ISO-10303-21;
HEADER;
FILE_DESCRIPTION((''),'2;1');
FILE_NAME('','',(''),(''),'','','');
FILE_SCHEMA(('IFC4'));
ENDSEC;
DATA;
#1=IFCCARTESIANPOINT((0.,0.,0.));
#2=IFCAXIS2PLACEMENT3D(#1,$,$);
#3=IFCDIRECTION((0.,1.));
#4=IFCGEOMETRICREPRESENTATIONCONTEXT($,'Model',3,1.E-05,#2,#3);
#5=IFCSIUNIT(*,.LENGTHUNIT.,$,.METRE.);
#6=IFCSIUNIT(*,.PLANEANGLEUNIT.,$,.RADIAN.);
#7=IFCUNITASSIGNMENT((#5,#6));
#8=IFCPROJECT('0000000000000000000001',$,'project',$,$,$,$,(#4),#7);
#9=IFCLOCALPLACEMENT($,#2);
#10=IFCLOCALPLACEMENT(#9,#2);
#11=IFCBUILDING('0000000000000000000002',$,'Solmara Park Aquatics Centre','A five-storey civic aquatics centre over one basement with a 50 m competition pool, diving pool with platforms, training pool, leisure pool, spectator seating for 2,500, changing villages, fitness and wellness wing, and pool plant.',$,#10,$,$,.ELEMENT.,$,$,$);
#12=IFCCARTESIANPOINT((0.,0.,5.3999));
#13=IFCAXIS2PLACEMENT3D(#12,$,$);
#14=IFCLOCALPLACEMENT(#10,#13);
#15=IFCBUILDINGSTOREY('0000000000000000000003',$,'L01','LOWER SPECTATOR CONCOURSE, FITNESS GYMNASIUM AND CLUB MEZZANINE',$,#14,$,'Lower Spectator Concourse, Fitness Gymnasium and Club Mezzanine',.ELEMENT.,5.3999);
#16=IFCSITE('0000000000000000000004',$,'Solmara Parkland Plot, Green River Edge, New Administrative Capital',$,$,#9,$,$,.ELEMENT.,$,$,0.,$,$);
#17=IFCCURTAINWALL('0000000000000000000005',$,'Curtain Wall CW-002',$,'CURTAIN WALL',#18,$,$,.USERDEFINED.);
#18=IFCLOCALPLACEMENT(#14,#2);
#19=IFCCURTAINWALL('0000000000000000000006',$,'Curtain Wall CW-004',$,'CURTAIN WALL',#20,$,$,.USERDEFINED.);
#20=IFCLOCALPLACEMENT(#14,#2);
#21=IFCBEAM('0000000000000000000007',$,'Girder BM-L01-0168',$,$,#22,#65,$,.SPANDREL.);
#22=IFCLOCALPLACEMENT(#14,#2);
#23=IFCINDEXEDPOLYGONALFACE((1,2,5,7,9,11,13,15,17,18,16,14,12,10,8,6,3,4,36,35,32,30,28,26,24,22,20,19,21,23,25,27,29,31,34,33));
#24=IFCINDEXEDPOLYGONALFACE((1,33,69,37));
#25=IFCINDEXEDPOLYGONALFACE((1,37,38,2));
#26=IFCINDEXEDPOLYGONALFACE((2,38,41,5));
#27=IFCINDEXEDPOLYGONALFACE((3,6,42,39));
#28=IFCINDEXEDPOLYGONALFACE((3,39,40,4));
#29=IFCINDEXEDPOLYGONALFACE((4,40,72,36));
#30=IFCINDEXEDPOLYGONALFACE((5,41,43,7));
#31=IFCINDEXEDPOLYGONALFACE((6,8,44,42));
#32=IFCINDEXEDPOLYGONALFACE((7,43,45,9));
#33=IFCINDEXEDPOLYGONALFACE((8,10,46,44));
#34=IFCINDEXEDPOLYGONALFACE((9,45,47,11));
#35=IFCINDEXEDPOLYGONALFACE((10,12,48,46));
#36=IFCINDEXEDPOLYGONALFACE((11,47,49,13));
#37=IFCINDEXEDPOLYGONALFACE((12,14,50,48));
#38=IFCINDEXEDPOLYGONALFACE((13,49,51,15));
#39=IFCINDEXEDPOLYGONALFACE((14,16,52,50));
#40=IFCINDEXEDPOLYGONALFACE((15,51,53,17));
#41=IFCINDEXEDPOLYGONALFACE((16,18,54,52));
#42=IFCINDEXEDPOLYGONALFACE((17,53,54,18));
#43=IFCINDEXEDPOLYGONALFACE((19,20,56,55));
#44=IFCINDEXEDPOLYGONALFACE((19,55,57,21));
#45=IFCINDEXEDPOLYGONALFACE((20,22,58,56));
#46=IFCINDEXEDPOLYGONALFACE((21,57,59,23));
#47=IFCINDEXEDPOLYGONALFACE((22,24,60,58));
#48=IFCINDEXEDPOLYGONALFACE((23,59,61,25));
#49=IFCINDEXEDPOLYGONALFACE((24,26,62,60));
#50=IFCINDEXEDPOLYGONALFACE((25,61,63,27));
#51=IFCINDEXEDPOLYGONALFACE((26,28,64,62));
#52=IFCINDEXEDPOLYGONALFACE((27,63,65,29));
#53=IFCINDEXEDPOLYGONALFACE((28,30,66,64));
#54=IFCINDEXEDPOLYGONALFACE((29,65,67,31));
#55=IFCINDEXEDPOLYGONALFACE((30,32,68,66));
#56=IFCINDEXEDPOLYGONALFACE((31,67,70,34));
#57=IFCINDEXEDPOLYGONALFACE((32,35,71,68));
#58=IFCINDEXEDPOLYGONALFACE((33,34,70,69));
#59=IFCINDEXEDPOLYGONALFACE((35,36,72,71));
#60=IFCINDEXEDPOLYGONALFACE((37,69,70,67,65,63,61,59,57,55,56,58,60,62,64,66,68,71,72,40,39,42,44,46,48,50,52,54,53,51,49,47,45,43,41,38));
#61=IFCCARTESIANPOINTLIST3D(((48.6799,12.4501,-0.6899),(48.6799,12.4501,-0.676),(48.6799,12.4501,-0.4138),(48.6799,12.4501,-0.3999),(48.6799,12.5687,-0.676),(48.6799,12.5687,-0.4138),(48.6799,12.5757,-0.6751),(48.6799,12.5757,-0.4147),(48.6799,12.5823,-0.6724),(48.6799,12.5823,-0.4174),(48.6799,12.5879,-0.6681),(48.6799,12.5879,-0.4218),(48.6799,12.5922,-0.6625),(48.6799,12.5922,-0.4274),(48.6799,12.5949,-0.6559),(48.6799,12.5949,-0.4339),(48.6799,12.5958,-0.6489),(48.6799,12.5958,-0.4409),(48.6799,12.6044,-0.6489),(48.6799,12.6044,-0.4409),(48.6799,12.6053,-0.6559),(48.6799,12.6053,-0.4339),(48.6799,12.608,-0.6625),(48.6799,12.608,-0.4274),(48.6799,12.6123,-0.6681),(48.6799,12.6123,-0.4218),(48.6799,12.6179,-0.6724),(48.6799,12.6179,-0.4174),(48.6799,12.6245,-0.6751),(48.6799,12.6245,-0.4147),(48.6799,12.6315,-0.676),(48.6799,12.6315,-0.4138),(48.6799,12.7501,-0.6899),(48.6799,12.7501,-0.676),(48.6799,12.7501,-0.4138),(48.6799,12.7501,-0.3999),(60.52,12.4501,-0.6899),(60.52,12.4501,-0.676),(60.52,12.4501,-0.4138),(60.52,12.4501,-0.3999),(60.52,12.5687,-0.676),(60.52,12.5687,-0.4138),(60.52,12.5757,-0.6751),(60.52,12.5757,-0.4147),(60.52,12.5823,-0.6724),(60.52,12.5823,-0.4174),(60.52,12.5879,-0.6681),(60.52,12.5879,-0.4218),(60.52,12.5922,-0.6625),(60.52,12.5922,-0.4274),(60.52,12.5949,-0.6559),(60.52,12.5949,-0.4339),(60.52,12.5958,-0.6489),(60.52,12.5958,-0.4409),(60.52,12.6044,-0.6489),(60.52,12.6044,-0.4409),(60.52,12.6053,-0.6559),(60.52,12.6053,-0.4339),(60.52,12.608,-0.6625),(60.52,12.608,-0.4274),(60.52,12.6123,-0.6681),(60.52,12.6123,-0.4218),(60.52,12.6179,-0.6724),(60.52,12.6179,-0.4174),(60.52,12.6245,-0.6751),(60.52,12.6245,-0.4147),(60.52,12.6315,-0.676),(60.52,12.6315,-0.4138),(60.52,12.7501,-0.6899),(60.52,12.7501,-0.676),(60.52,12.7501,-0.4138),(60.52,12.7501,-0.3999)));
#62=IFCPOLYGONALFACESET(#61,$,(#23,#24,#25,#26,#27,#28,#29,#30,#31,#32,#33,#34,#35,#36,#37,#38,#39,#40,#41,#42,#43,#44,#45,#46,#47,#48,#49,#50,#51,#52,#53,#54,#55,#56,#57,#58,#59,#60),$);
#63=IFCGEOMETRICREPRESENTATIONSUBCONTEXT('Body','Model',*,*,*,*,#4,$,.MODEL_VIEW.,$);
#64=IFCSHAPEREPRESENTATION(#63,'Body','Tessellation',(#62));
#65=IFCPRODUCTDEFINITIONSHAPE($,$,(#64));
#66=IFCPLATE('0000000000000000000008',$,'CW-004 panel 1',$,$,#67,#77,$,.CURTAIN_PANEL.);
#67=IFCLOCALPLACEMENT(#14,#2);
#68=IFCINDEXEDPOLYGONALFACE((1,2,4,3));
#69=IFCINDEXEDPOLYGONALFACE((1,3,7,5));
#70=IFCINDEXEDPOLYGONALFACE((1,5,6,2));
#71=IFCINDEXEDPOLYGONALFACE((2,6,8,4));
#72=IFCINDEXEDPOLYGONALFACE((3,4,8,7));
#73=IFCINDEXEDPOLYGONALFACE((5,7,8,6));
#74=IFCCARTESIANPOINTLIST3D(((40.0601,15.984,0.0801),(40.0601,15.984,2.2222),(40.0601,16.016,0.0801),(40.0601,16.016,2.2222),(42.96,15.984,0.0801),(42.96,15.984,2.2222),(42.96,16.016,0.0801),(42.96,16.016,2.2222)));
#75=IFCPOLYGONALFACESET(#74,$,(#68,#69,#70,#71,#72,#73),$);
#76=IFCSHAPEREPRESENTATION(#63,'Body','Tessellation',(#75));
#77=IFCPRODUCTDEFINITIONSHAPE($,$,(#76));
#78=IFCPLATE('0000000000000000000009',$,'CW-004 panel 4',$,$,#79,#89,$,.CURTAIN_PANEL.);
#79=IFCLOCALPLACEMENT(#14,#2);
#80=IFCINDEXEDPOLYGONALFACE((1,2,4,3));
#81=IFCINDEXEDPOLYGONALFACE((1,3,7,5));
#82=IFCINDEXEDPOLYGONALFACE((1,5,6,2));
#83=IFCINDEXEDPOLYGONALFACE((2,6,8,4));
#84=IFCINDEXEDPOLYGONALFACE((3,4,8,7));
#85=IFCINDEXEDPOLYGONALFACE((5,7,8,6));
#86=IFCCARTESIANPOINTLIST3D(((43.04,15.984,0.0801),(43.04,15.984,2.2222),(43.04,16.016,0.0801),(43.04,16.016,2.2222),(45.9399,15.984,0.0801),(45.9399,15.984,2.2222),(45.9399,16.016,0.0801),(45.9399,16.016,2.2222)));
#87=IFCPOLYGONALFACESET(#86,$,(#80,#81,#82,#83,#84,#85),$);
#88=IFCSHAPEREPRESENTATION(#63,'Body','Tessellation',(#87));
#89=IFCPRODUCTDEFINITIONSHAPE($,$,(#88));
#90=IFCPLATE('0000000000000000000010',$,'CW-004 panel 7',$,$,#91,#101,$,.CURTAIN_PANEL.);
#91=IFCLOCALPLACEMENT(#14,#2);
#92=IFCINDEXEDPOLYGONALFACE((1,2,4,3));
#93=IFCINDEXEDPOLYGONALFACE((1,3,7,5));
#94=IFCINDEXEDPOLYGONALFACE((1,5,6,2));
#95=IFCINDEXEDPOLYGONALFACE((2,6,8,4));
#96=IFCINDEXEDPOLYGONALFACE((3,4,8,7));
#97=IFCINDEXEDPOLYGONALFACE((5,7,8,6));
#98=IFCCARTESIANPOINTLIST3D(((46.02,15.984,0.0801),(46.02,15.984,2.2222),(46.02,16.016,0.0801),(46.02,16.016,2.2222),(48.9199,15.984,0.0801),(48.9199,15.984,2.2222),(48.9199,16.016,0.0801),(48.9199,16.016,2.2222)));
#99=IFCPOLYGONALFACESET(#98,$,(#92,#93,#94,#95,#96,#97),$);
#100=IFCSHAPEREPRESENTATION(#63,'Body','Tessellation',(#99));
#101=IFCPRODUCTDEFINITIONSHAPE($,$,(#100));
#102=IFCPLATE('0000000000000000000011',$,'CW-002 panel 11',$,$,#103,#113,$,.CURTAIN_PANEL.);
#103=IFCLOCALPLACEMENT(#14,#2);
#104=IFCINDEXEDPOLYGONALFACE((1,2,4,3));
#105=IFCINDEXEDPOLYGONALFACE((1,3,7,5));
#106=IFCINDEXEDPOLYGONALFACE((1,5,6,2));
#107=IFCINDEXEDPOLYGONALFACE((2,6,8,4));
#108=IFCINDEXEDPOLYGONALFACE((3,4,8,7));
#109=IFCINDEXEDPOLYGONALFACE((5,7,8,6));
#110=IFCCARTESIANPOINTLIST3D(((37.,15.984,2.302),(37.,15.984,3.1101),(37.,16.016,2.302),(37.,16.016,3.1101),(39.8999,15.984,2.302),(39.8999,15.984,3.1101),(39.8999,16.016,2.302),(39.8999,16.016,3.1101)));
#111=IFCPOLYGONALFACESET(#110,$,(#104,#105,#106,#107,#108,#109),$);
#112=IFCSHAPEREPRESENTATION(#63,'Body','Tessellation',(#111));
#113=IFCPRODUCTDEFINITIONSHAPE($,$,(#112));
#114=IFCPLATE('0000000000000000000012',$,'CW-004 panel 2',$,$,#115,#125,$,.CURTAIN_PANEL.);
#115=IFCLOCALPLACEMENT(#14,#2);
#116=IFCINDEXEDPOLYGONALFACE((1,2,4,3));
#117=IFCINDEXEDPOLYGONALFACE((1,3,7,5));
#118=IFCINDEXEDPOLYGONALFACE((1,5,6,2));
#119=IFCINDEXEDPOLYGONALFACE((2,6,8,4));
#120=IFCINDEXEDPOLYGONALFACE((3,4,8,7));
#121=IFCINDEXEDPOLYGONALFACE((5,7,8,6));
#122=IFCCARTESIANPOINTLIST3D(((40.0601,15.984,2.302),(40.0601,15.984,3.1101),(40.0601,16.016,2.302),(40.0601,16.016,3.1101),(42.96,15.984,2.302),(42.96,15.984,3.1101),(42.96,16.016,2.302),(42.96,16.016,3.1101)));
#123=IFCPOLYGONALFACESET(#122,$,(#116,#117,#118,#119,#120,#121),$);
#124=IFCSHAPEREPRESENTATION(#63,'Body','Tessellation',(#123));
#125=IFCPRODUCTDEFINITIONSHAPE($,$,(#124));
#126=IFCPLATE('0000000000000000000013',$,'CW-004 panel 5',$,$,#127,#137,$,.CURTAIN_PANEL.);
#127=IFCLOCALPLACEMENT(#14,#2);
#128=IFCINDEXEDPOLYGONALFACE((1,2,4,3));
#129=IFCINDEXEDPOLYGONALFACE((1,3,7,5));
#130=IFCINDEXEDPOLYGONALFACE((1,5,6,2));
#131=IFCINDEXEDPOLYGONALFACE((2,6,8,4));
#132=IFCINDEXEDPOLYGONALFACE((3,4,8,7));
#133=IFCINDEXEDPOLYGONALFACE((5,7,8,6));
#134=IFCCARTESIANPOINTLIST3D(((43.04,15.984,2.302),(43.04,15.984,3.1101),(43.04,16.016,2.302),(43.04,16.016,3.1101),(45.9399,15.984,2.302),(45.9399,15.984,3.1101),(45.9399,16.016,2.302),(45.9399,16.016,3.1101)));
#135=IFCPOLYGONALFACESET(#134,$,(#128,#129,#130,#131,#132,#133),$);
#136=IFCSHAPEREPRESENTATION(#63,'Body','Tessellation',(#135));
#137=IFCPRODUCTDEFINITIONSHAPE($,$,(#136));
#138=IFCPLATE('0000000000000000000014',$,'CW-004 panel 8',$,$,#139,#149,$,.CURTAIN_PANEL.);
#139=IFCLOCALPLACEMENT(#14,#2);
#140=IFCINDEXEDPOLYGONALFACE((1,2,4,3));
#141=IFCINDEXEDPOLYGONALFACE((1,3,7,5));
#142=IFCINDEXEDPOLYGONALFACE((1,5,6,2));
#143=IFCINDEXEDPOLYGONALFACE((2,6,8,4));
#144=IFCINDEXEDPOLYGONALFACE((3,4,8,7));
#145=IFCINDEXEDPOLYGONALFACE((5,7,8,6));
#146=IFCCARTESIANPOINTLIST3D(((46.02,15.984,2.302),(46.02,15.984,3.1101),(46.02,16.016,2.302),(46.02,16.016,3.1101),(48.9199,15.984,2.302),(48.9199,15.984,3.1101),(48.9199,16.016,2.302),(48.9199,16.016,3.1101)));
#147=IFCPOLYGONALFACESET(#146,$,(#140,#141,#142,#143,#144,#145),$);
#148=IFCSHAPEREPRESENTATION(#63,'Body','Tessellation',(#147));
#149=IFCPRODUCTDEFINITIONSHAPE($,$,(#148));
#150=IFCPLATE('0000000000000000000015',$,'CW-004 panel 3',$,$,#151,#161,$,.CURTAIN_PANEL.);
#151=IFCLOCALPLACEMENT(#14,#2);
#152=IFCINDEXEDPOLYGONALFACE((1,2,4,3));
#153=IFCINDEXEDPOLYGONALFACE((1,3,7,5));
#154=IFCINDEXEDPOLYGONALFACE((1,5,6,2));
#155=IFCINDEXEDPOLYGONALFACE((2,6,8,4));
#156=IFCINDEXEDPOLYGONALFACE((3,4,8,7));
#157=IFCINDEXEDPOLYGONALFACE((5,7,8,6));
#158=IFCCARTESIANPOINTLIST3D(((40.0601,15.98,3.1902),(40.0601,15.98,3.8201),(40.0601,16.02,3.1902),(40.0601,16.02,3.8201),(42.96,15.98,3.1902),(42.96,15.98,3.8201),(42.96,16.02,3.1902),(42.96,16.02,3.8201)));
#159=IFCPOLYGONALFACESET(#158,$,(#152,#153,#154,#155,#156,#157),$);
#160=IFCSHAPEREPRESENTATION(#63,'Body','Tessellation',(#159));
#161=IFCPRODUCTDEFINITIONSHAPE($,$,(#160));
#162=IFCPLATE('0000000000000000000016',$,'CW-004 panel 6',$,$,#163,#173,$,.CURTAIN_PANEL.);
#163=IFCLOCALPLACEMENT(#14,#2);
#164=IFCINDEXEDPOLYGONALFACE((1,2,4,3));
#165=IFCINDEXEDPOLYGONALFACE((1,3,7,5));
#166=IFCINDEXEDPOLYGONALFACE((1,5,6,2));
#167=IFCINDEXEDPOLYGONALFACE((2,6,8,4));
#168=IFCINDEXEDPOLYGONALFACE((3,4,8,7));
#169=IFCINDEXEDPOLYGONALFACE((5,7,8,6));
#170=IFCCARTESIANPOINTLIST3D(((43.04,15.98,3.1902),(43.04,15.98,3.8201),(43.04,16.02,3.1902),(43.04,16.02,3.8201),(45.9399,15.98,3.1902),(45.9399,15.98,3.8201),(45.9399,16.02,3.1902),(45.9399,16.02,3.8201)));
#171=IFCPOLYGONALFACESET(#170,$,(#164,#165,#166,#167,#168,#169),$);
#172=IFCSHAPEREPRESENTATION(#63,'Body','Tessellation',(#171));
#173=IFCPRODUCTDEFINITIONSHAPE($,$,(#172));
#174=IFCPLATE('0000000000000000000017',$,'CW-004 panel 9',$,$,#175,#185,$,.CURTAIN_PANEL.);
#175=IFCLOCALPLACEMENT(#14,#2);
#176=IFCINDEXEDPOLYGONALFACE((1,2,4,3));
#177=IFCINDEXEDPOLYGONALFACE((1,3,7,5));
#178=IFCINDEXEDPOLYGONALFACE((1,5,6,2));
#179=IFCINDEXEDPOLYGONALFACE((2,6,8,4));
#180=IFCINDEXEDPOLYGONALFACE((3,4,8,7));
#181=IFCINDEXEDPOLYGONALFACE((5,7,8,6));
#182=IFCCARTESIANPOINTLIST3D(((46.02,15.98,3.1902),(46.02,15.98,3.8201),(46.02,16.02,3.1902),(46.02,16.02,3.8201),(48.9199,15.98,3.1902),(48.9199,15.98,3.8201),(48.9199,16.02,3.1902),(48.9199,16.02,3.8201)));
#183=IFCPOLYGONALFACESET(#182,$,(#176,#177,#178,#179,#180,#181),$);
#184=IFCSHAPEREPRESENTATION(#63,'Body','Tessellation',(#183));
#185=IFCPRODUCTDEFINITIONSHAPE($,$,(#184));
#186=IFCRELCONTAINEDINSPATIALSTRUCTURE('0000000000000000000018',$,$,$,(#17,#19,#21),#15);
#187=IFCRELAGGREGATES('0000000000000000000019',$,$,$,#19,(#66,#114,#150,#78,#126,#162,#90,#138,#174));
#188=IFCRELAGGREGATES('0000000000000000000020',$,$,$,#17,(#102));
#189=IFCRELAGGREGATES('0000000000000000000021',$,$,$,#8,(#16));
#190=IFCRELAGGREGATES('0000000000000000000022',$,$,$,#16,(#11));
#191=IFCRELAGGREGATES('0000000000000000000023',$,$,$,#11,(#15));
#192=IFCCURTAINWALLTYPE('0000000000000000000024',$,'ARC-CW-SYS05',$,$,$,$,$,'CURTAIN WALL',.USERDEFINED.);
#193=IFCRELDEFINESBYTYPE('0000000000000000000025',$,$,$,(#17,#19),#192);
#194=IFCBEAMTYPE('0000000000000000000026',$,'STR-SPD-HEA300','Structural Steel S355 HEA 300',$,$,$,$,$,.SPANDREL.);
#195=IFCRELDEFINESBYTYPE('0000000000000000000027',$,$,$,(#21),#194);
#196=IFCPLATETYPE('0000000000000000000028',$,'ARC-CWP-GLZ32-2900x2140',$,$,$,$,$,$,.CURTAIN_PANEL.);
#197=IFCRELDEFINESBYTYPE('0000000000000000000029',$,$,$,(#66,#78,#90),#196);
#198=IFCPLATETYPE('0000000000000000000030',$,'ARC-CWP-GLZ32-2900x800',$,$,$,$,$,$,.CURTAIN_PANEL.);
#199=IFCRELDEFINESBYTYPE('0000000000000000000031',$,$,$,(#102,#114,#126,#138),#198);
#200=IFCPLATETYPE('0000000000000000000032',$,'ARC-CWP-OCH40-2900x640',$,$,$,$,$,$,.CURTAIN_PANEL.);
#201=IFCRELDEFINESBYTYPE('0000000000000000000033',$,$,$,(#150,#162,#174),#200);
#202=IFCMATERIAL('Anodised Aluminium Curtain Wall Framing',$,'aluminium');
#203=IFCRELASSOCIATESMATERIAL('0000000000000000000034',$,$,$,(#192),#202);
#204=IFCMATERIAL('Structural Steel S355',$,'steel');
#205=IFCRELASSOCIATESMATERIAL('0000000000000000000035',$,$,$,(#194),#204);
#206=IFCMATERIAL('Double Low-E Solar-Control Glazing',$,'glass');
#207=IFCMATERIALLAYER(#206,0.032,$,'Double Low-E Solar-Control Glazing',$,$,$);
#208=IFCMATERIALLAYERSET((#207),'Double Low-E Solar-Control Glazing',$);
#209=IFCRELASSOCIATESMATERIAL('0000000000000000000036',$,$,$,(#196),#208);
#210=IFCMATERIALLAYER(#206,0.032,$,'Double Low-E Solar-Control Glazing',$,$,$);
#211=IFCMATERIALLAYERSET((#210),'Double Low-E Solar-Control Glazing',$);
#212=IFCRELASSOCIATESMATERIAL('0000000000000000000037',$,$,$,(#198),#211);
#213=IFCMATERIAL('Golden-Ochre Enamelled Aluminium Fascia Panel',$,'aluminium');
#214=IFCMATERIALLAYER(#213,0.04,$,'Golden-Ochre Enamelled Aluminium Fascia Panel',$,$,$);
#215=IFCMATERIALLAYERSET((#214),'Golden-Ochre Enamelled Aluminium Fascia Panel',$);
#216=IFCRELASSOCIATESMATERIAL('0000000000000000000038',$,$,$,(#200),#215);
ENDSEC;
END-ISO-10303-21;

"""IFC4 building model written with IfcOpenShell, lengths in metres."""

from ifc_helpers import new_model, si_unit, direction, frame, origin, origin_2d, place, context, subcontext, project, spatial, rectangle, i_section, extrude, material, layer, layer_set, material_profile, profile_set, type_object, element, aggregate, save


model = new_model("IFC4")

# Units and contexts
model_context = context("Model", 3, precision=1e-05, world=origin(), true_north=direction((0.0, 1.0)))
body_context = subcontext(model_context, "Body", "Model", "MODEL_VIEW")
ifc_project = project(units=[si_unit("LENGTHUNIT", "METRE"), si_unit("PLANEANGLEUNIT", "RADIAN")], contexts=[model_context])

# Site, building, storey
site_placement = place(None, origin())
site = spatial("IfcSite", under=ifc_project, at=site_placement, Name="Solmara Parkland Plot, Green River Edge, New Administrative Capital", CompositionType="ELEMENT", RefElevation=0.0)
building_placement = place(site_placement, origin())
building = spatial("IfcBuilding", under=site, at=building_placement, Name="Solmara Park Aquatics Centre", Description="A five-storey civic aquatics centre over one basement with a 50 m competition pool, diving pool with platforms, training pool, leisure pool, spectator seating for 2,500, changing villages, fitness and wellness wing, and pool plant.", CompositionType="ELEMENT")
storey_placement = place(building_placement, frame((0.0, 0.0, 5.3999)))
storey = spatial("IfcBuildingStorey", under=building, at=storey_placement, Name="L01", Description="LOWER SPECTATOR CONCOURSE, FITNESS GYMNASIUM AND CLUB MEZZANINE", LongName="Lower Spectator Concourse, Fitness Gymnasium and Club Mezzanine", CompositionType="ELEMENT", Elevation=5.3999)

# Shared definitions
ifc_material_1 = material(Name="Structural Steel S355", Category="steel")

# Curtain wall
ifc_material_2 = material(Name="Anodised Aluminium Curtain Wall Framing", Category="aluminium")
curtain_wall_type = type_object("IfcCurtainWallType", Name="ARC-CW-SYS05", ElementType="CURTAIN WALL", PredefinedType="USERDEFINED", material=ifc_material_2)
curtain_wall_1_placement = place(storey_placement, origin())
curtain_wall_1 = element("IfcCurtainWall", 1, at=curtain_wall_1_placement, inside=storey, type_object=curtain_wall_type, Name="Curtain Wall CW-002", ObjectType="CURTAIN WALL", PredefinedType="USERDEFINED")

# Curtain wall
curtain_wall_2_placement = place(storey_placement, origin())
curtain_wall_2 = element("IfcCurtainWall", 2, at=curtain_wall_2_placement, inside=storey, type_object=curtain_wall_type, Name="Curtain Wall CW-004", ObjectType="CURTAIN WALL", PredefinedType="USERDEFINED")

# Beam
ifc_material_profile_1 = material_profile(ifc_material_1, i_section(OverallWidth=0.3, OverallDepth=0.29, WebThickness=0.0085, FlangeThickness=0.0139, FilletRadius=0.0271, at=origin_2d()), Name="HEA 300")
ifc_profile_set_1 = profile_set([ifc_material_profile_1], Name="Structural Steel S355")
beam_type_1 = type_object("IfcBeamType", Name="STR-SPD-HEA300", Description="Structural Steel S355 HEA 300", PredefinedType="SPANDREL", material=ifc_profile_set_1)
beam_1_placement = place(storey_placement, frame((48.6799, 12.6001, -0.5449), z_axis=(1.0, 0.0, 0.0), x_axis=(0.0, 1.0, 0.0)))
element("IfcBeam", 3, at=beam_1_placement, inside=storey, type_object=beam_type_1, Name="Girder BM-L01-0168", PredefinedType="SPANDREL", context=body_context, shape_type="SweptSolid", body=[
    extrude(i_section(OverallWidth=0.3, OverallDepth=0.29, WebThickness=0.0085, FlangeThickness=0.0139, FilletRadius=0.0271, at=origin_2d()), origin(), (0.0, 0.0, 1.0), 11.8401),
])

# Plates
ifc_material_3 = material(Name="Double Low-E Solar-Control Glazing", Category="glass")
ifc_layer_1 = layer(ifc_material_3, 0.032, Name="Double Low-E Solar-Control Glazing")
ifc_layer_set_1 = layer_set([ifc_layer_1], Name="Double Low-E Solar-Control Glazing")
plate_type_1 = type_object("IfcPlateType", Name="ARC-CWP-GLZ32-2900x2140", PredefinedType="CURTAIN_PANEL", material=ifc_layer_set_1)
plate_1_placement = place(storey_placement, frame((41.51, 16.0, 0.0801), z_axis=(0.0, 0.0, 1.0), x_axis=(1.0, 0.0, 0.0)))
plate_1 = element("IfcPlate", 4, at=plate_1_placement, type_object=plate_type_1, Name="CW-004 panel 1", PredefinedType="CURTAIN_PANEL", context=body_context, shape_type="SweptSolid", body=[
    extrude(rectangle(XDim=2.8999, YDim=0.032, at=origin_2d()), origin(), (0.0, 0.0, 1.0), 2.1421),
])
plate_2_placement = place(storey_placement, frame((44.49, 16.0, 0.0801), z_axis=(0.0, 0.0, 1.0), x_axis=(1.0, 0.0, 0.0)))
plate_2 = element("IfcPlate", 5, at=plate_2_placement, type_object=plate_type_1, Name="CW-004 panel 4", PredefinedType="CURTAIN_PANEL", context=body_context, shape_type="SweptSolid", body=[
    extrude(rectangle(XDim=2.8999, YDim=0.032, at=origin_2d()), origin(), (0.0, 0.0, 1.0), 2.1421),
])
plate_3_placement = place(storey_placement, frame((47.47, 16.0, 0.0801), z_axis=(0.0, 0.0, 1.0), x_axis=(1.0, 0.0, 0.0)))
plate_3 = element("IfcPlate", 6, at=plate_3_placement, type_object=plate_type_1, Name="CW-004 panel 7", PredefinedType="CURTAIN_PANEL", context=body_context, shape_type="SweptSolid", body=[
    extrude(rectangle(XDim=2.8999, YDim=0.032, at=origin_2d()), origin(), (0.0, 0.0, 1.0), 2.1421),
])
ifc_layer_2 = layer(ifc_material_3, 0.032, Name="Double Low-E Solar-Control Glazing")
ifc_layer_set_2 = layer_set([ifc_layer_2], Name="Double Low-E Solar-Control Glazing")
plate_type_2 = type_object("IfcPlateType", Name="ARC-CWP-GLZ32-2900x800", PredefinedType="CURTAIN_PANEL", material=ifc_layer_set_2)
plate_4_placement = place(storey_placement, frame((38.45, 16.0, 2.302), z_axis=(0.0, 0.0, 1.0), x_axis=(1.0, 0.0, 0.0)))
plate_4 = element("IfcPlate", 7, at=plate_4_placement, type_object=plate_type_2, Name="CW-002 panel 11", PredefinedType="CURTAIN_PANEL", context=body_context, shape_type="SweptSolid", body=[
    extrude(rectangle(XDim=2.8999, YDim=0.032, at=origin_2d()), origin(), (0.0, 0.0, 1.0), 0.8081),
])
plate_5_placement = place(storey_placement, frame((41.51, 16.0, 2.302), z_axis=(0.0, 0.0, 1.0), x_axis=(1.0, 0.0, 0.0)))
plate_5 = element("IfcPlate", 8, at=plate_5_placement, type_object=plate_type_2, Name="CW-004 panel 2", PredefinedType="CURTAIN_PANEL", context=body_context, shape_type="SweptSolid", body=[
    extrude(rectangle(XDim=2.8999, YDim=0.032, at=origin_2d()), origin(), (0.0, 0.0, 1.0), 0.8081),
])
plate_6_placement = place(storey_placement, frame((44.49, 16.0, 2.302), z_axis=(0.0, 0.0, 1.0), x_axis=(1.0, 0.0, 0.0)))
plate_6 = element("IfcPlate", 9, at=plate_6_placement, type_object=plate_type_2, Name="CW-004 panel 5", PredefinedType="CURTAIN_PANEL", context=body_context, shape_type="SweptSolid", body=[
    extrude(rectangle(XDim=2.8999, YDim=0.032, at=origin_2d()), origin(), (0.0, 0.0, 1.0), 0.8081),
])
plate_7_placement = place(storey_placement, frame((47.47, 16.0, 2.302), z_axis=(0.0, 0.0, 1.0), x_axis=(1.0, 0.0, 0.0)))
plate_7 = element("IfcPlate", 10, at=plate_7_placement, type_object=plate_type_2, Name="CW-004 panel 8", PredefinedType="CURTAIN_PANEL", context=body_context, shape_type="SweptSolid", body=[
    extrude(rectangle(XDim=2.8999, YDim=0.032, at=origin_2d()), origin(), (0.0, 0.0, 1.0), 0.8081),
])
ifc_material_4 = material(Name="Golden-Ochre Enamelled Aluminium Fascia Panel", Category="aluminium")
ifc_layer_3 = layer(ifc_material_4, 0.04, Name="Golden-Ochre Enamelled Aluminium Fascia Panel")
ifc_layer_set_3 = layer_set([ifc_layer_3], Name="Golden-Ochre Enamelled Aluminium Fascia Panel")
plate_type_3 = type_object("IfcPlateType", Name="ARC-CWP-OCH40-2900x640", PredefinedType="CURTAIN_PANEL", material=ifc_layer_set_3)
plate_8_placement = place(storey_placement, frame((41.51, 16.0, 3.1902), z_axis=(0.0, 0.0, 1.0), x_axis=(1.0, 0.0, 0.0)))
plate_8 = element("IfcPlate", 11, at=plate_8_placement, type_object=plate_type_3, Name="CW-004 panel 3", PredefinedType="CURTAIN_PANEL", context=body_context, shape_type="SweptSolid", body=[
    extrude(rectangle(XDim=2.8999, YDim=0.04, at=origin_2d()), origin(), (0.0, 0.0, 1.0), 0.6299),
])
plate_9_placement = place(storey_placement, frame((44.49, 16.0, 3.1902), z_axis=(0.0, 0.0, 1.0), x_axis=(1.0, 0.0, 0.0)))
plate_9 = element("IfcPlate", 12, at=plate_9_placement, type_object=plate_type_3, Name="CW-004 panel 6", PredefinedType="CURTAIN_PANEL", context=body_context, shape_type="SweptSolid", body=[
    extrude(rectangle(XDim=2.8999, YDim=0.04, at=origin_2d()), origin(), (0.0, 0.0, 1.0), 0.6299),
])
plate_10_placement = place(storey_placement, frame((47.47, 16.0, 3.1902), z_axis=(0.0, 0.0, 1.0), x_axis=(1.0, 0.0, 0.0)))
plate_10 = element("IfcPlate", 13, at=plate_10_placement, type_object=plate_type_3, Name="CW-004 panel 9", PredefinedType="CURTAIN_PANEL", context=body_context, shape_type="SweptSolid", body=[
    extrude(rectangle(XDim=2.8999, YDim=0.04, at=origin_2d()), origin(), (0.0, 0.0, 1.0), 0.6299),
])
aggregate(curtain_wall_2, [plate_1, plate_5, plate_8, plate_2, plate_6, plate_9, plate_3, plate_7, plate_10])
aggregate(curtain_wall_1, [plate_4])

save(model, "model.ifc")
